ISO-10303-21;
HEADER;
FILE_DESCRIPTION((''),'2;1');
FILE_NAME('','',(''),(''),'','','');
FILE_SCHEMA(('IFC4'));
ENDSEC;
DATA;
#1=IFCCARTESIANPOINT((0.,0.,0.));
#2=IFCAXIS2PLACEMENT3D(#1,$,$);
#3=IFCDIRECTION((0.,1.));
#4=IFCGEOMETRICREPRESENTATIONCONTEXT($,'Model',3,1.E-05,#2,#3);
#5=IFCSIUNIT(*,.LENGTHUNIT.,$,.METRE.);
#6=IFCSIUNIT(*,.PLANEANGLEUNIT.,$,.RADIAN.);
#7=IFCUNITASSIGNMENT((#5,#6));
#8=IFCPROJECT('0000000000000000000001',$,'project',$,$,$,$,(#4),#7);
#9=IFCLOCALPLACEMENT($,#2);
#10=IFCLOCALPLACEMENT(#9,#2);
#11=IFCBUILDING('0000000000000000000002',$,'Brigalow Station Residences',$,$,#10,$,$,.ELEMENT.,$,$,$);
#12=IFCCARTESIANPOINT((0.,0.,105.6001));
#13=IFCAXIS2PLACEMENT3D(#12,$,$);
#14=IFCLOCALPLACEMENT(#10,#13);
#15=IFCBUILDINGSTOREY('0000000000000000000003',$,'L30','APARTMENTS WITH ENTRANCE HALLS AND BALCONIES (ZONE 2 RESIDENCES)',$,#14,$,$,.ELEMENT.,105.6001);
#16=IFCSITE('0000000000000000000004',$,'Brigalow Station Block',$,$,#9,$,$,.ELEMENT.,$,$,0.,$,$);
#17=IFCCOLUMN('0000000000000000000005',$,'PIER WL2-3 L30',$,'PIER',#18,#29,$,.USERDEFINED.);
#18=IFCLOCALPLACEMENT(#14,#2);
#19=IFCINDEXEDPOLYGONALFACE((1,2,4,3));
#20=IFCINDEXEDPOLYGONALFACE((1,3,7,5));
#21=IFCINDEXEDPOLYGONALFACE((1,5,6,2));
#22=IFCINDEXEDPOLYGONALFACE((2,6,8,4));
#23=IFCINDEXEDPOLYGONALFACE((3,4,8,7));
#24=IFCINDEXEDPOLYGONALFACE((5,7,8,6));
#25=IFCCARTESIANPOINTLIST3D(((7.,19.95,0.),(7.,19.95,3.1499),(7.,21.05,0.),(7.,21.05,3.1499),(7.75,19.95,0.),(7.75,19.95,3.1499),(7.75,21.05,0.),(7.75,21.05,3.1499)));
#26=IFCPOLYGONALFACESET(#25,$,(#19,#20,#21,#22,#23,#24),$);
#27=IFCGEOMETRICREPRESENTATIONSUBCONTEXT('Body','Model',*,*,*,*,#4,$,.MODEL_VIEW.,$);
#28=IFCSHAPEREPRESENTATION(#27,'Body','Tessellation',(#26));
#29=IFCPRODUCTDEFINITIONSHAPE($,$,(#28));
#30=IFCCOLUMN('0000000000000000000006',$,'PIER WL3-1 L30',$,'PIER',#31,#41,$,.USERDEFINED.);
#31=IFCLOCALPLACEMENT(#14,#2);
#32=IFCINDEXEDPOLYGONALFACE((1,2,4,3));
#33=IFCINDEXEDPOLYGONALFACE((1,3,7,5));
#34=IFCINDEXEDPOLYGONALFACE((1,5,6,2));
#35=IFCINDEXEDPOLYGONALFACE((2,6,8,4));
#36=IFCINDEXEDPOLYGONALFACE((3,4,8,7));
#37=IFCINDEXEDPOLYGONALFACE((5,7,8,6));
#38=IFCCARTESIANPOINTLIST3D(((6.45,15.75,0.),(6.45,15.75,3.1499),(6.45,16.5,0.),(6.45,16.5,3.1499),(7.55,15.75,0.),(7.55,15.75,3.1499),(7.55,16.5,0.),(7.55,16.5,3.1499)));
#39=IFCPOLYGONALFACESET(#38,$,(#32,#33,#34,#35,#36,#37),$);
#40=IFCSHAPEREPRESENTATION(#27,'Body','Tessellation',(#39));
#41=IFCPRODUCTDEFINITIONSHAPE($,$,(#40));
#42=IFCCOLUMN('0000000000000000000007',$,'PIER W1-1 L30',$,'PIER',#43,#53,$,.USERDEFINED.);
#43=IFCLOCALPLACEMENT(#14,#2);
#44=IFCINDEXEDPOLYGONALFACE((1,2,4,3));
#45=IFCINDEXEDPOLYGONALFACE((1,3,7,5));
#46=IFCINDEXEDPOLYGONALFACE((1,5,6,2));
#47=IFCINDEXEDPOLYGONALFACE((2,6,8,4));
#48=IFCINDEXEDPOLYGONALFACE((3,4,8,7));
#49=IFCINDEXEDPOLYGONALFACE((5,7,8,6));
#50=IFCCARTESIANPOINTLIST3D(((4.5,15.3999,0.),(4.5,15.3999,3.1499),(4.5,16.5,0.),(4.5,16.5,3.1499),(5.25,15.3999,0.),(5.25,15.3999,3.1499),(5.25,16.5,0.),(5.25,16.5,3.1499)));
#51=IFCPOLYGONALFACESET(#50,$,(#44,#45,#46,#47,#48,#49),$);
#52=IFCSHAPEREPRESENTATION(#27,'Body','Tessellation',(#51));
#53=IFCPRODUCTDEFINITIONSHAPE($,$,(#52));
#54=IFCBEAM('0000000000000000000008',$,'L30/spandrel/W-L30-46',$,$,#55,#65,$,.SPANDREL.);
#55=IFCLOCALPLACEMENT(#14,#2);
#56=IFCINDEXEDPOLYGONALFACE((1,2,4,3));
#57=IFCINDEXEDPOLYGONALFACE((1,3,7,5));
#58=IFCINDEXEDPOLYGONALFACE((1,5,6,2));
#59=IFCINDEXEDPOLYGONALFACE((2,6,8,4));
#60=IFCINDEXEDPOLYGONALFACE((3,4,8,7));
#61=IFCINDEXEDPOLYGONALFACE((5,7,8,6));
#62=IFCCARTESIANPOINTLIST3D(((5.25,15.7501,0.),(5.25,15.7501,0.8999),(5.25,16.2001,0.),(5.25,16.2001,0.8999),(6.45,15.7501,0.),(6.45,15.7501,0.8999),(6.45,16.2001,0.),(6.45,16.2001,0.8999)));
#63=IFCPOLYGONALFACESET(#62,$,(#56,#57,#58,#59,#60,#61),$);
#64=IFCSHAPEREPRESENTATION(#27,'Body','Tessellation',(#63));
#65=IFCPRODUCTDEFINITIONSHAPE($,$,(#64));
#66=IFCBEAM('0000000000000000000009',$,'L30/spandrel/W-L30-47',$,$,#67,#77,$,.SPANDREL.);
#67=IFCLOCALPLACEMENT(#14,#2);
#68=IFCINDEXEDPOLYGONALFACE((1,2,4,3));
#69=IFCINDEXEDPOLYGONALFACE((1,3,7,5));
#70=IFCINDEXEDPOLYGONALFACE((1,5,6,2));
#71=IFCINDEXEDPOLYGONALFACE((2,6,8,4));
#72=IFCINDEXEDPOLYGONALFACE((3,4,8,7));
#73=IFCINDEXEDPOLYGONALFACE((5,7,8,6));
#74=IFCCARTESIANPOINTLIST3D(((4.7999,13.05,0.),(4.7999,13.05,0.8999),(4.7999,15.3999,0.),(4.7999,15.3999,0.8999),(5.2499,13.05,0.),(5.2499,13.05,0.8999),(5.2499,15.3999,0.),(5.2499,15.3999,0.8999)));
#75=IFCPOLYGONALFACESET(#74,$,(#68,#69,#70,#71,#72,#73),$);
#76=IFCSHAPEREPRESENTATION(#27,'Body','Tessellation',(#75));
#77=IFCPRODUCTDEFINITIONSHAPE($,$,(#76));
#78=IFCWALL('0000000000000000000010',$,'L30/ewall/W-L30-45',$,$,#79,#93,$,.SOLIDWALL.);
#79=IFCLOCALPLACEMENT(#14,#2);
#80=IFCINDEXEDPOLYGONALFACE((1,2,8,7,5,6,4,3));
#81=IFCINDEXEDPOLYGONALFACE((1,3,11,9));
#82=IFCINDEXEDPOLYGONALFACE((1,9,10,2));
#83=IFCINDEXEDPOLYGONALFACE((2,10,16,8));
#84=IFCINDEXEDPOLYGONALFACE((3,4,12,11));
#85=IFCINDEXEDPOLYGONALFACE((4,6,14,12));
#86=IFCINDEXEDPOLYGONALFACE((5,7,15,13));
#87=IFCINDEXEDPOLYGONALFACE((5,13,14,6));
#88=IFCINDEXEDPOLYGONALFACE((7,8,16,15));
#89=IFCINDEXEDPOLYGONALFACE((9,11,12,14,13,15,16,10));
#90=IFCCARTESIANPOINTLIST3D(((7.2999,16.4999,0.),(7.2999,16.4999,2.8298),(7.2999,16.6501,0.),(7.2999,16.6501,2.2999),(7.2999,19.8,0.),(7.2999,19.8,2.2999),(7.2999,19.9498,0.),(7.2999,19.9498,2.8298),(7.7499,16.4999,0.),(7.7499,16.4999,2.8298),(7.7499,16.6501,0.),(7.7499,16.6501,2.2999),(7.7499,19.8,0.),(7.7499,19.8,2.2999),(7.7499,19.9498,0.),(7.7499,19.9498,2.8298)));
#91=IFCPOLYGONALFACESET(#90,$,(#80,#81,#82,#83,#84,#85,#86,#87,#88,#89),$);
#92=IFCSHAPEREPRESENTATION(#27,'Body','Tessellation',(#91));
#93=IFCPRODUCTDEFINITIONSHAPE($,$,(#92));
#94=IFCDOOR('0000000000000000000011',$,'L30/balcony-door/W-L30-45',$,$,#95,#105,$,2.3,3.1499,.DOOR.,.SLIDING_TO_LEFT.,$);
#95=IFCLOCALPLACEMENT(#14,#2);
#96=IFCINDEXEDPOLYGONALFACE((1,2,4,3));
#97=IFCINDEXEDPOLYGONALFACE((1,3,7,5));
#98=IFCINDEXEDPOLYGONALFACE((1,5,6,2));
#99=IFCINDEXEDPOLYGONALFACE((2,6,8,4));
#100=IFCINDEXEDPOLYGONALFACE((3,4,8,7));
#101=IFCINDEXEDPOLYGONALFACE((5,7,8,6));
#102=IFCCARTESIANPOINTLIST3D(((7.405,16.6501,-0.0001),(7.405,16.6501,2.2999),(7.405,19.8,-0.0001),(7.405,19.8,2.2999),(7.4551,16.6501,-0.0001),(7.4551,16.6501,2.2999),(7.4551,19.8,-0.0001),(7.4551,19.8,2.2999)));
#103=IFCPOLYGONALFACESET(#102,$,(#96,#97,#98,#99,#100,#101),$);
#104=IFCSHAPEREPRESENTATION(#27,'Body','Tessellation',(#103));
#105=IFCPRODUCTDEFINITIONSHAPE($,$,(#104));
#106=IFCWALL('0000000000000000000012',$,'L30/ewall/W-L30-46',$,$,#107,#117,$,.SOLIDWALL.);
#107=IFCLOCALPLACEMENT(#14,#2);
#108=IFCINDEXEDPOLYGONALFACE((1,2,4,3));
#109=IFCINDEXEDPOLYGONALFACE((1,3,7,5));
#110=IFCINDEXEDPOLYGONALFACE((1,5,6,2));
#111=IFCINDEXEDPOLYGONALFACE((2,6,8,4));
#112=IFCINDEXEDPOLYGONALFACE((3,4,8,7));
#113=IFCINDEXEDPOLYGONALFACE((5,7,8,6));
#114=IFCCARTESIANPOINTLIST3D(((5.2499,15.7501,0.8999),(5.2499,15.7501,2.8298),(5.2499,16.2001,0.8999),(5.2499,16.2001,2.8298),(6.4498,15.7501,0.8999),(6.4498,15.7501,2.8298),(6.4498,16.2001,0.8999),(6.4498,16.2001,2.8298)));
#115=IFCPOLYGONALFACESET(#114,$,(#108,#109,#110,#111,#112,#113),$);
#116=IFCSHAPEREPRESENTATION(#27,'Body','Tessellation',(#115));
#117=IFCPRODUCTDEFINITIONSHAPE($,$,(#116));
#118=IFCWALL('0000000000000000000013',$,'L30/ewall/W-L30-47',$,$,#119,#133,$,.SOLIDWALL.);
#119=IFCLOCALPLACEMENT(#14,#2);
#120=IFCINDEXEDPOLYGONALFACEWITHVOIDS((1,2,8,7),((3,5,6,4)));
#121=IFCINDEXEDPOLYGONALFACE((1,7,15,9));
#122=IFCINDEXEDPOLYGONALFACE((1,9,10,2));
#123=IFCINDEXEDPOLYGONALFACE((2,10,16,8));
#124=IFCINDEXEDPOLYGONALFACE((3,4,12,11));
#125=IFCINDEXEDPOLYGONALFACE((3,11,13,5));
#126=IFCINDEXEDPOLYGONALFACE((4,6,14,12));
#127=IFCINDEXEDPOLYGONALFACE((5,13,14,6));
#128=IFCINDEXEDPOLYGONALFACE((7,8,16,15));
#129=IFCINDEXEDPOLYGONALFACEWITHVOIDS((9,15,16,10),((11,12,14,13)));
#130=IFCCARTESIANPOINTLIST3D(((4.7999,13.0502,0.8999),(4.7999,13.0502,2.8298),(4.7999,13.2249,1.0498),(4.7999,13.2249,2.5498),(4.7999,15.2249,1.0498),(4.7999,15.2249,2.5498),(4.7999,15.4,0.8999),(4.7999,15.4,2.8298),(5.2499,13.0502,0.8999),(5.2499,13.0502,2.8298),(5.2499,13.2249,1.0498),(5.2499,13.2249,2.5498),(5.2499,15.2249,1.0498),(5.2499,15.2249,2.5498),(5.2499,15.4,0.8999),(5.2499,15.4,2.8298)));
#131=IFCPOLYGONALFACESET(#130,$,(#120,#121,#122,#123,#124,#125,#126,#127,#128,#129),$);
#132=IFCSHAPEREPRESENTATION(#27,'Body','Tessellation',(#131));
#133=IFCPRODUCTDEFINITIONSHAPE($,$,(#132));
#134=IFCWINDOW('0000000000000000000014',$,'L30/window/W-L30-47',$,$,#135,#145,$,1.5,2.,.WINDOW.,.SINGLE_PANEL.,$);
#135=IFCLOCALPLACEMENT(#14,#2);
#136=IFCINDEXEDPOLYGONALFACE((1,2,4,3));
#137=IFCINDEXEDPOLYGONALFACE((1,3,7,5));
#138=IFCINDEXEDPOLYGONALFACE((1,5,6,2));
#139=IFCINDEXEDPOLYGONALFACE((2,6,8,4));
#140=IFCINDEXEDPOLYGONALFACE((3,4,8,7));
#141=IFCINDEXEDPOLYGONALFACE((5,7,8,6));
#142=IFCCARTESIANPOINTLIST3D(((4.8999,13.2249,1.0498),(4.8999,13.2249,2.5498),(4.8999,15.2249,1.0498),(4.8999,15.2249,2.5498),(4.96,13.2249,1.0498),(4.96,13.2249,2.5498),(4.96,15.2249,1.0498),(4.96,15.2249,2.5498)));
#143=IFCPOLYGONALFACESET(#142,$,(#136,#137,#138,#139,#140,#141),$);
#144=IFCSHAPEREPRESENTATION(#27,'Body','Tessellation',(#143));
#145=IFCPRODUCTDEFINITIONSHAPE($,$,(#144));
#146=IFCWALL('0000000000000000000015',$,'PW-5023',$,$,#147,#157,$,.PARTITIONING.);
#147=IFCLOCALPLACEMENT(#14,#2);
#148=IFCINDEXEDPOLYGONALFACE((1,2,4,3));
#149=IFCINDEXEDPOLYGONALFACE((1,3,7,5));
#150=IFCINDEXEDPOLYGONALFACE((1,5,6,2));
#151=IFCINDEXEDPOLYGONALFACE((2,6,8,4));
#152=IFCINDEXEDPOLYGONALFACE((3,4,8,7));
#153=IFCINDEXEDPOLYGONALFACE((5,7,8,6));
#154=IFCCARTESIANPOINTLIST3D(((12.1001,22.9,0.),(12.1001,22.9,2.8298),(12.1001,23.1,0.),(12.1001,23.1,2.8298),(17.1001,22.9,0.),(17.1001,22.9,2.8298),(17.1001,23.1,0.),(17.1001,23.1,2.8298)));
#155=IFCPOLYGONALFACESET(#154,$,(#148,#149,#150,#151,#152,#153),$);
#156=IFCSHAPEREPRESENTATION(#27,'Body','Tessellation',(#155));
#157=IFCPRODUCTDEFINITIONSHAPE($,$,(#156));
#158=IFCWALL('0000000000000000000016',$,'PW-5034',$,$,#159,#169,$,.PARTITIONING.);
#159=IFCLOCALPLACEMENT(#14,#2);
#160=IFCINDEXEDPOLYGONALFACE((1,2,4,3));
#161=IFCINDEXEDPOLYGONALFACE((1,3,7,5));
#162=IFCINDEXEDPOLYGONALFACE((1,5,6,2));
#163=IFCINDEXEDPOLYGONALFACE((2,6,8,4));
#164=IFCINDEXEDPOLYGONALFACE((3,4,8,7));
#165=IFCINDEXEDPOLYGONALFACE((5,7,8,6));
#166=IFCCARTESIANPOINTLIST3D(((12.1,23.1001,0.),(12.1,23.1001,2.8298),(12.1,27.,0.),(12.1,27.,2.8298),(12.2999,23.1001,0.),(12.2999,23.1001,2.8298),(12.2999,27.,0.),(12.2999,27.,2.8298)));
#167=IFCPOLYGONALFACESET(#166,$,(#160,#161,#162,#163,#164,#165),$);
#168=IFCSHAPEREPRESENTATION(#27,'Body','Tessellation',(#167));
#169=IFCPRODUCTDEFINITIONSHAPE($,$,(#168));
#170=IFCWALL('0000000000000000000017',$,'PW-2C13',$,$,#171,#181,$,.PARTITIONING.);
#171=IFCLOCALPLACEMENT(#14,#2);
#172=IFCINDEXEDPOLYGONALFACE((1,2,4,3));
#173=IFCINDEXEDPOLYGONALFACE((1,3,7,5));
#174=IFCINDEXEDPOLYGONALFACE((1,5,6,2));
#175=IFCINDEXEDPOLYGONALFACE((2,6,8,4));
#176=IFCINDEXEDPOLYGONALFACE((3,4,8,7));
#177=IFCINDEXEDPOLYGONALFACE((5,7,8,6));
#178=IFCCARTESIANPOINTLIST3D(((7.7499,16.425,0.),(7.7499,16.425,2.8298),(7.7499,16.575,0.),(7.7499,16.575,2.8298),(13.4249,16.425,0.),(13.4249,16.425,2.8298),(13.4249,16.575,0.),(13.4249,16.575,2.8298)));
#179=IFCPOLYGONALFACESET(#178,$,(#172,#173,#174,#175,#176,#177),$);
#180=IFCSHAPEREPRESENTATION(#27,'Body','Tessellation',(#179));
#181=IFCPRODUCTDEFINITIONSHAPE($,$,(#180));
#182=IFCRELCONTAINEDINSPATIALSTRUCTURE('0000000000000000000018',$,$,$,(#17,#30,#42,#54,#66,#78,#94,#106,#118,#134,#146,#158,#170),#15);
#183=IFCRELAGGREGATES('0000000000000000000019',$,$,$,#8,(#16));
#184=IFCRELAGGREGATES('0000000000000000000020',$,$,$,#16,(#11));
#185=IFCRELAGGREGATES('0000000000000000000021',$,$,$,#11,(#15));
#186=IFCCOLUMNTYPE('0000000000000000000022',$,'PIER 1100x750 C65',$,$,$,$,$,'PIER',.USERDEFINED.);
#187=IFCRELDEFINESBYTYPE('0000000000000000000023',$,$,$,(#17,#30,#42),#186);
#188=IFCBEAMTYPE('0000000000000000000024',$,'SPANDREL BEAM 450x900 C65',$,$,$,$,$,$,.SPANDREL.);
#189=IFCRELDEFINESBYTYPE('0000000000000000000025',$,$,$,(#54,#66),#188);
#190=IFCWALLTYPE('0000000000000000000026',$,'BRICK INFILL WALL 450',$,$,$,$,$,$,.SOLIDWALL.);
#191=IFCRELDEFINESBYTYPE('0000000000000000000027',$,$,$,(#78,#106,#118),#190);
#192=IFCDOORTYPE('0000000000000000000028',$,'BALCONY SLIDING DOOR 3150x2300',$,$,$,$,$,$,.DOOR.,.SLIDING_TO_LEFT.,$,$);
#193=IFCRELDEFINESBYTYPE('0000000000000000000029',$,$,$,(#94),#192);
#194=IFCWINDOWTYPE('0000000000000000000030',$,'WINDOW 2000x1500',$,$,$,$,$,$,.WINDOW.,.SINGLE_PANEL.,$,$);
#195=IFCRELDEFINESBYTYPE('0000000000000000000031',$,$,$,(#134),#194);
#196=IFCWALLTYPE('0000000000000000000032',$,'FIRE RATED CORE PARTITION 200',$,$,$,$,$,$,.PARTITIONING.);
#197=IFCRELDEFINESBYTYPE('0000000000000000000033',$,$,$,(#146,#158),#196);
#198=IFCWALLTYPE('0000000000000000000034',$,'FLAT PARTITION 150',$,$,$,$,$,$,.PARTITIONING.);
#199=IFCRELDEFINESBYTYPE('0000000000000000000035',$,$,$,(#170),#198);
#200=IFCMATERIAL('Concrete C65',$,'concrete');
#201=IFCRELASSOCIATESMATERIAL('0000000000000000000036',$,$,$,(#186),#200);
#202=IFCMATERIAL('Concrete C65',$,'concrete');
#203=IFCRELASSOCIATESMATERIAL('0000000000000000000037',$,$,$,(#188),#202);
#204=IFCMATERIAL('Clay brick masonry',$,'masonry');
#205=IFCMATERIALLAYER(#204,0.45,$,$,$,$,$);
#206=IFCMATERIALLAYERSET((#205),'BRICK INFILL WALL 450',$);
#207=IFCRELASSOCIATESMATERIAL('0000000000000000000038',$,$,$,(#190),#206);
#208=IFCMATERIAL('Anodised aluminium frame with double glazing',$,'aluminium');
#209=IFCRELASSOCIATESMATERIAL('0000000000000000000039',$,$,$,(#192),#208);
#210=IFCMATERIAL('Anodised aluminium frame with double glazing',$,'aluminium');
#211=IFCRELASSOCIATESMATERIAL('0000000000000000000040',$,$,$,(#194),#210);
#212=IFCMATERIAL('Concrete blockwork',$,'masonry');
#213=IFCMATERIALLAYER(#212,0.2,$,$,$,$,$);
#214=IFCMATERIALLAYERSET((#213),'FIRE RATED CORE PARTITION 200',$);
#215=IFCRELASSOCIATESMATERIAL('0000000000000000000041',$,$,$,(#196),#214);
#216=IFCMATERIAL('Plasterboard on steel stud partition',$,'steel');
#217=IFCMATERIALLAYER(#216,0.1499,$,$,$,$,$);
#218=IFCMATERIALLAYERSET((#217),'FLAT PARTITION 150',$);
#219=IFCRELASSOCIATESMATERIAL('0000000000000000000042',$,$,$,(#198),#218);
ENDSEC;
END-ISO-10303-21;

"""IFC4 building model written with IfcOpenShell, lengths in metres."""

from ifc_helpers import new_model, si_unit, direction, frame, frame_2d, origin, origin_2d, place, context, subcontext, project, spatial, rectangle, extrude, material, layer, layer_set, material_profile, profile_set, type_object, element, fill, save


model = new_model("IFC4")

# Units and contexts
model_context = context("Model", 3, precision=1e-05, world=origin(), true_north=direction((0.0, 1.0)))
body_context = subcontext(model_context, "Body", "Model", "MODEL_VIEW")
ifc_project = project(units=[si_unit("LENGTHUNIT", "METRE"), si_unit("PLANEANGLEUNIT", "RADIAN")], contexts=[model_context])

# Site, building, storey
site_placement = place(None, origin())
site = spatial("IfcSite", under=ifc_project, at=site_placement, Name="Brigalow Station Block", CompositionType="ELEMENT", RefElevation=0.0)
building_placement = place(site_placement, origin())
building = spatial("IfcBuilding", under=site, at=building_placement, Name="Brigalow Station Residences", CompositionType="ELEMENT")
storey_placement = place(building_placement, frame((0.0, 0.0, 105.6001)))
storey = spatial("IfcBuildingStorey", under=building, at=storey_placement, Name="L30", Description="APARTMENTS WITH ENTRANCE HALLS AND BALCONIES (ZONE 2 RESIDENCES)", CompositionType="ELEMENT", Elevation=105.6001)

# Columns
ifc_material_1 = material(Name="Concrete C65", Category="concrete")
ifc_material_profile_1 = material_profile(ifc_material_1, rectangle(XDim=1.1001, YDim=0.75, at=origin_2d()), Name="RC1100x750")
ifc_profile_set_1 = profile_set([ifc_material_profile_1], Name="Concrete C65")
column_type = type_object("IfcColumnType", Name="PIER 1100x750 C65", ElementType="PIER", PredefinedType="USERDEFINED", material=ifc_profile_set_1)
for number, where, z_axis, x_axis, name in (
    (1, (7.375, 20.5, 0.0), (0.0, 0.0, 1.0), (0.0, -1.0, 0.0), "PIER WL2-3 L30"),
    (2, (7.0, 16.125, 0.0), (0.0, 0.0, 1.0), (-1.0, 0.0, 0.0), "PIER WL3-1 L30"),
    (3, (4.875, 15.95, 0.0), (0.0, 0.0, 1.0), (0.0, -1.0, 0.0), "PIER W1-1 L30"),
):
    element("IfcColumn", number, at=place(storey_placement, frame(where, z_axis=z_axis, x_axis=x_axis)), inside=storey, type_object=column_type, Name=name, ObjectType="PIER", PredefinedType="USERDEFINED", context=body_context, shape_type="SweptSolid", body=[
        extrude(rectangle(XDim=1.1001, YDim=0.75, at=origin_2d()), origin(), (0.0, 0.0, 1.0), 3.1499),
    ])

# Beams
ifc_material_2 = material(Name="Concrete C65", Category="concrete")
ifc_material_profile_2 = material_profile(ifc_material_2, rectangle(XDim=0.45, YDim=0.8999, at=origin_2d()), Name="RC450x900")
ifc_profile_set_2 = profile_set([ifc_material_profile_2], Name="Concrete C65")
beam_type = type_object("IfcBeamType", Name="SPANDREL BEAM 450x900 C65", PredefinedType="SPANDREL", material=ifc_profile_set_2)
beam_1_placement = place(storey_placement, frame((6.45, 15.9751, 0.45), z_axis=(-1.0, 0.0, 0.0), x_axis=(0.0, -1.0, 0.0)))
element("IfcBeam", 4, at=beam_1_placement, inside=storey, type_object=beam_type, Name="L30/spandrel/W-L30-46", PredefinedType="SPANDREL", context=body_context, shape_type="SweptSolid", body=[
    extrude(rectangle(XDim=0.45, YDim=0.8999, at=origin_2d()), origin(), (0.0, 0.0, 1.0), 1.2),
])
beam_2_placement = place(storey_placement, frame((5.0249, 15.3999, 0.45), z_axis=(0.0, -1.0, 0.0), x_axis=(1.0, 0.0, 0.0)))
element("IfcBeam", 5, at=beam_2_placement, inside=storey, type_object=beam_type, Name="L30/spandrel/W-L30-47", PredefinedType="SPANDREL", context=body_context, shape_type="SweptSolid", body=[
    extrude(rectangle(XDim=0.45, YDim=0.8999, at=origin_2d()), origin(), (0.0, 0.0, 1.0), 2.3499),
])

# Wall, opening, door
ifc_material_3 = material(Name="Clay brick masonry", Category="masonry")
ifc_layer_1 = layer(ifc_material_3, 0.45)
ifc_layer_set_1 = layer_set([ifc_layer_1], Name="BRICK INFILL WALL 450")
wall_type_1 = type_object("IfcWallType", Name="BRICK INFILL WALL 450", PredefinedType="SOLIDWALL", material=ifc_layer_set_1)
wall_1_placement = place(storey_placement, frame((7.5249, 19.95, 0.0), z_axis=(0.0, 0.0, 1.0), x_axis=(0.0, -1.0, 0.0)))
wall_1 = element("IfcWall", 6, at=wall_1_placement, inside=storey, type_object=wall_type_1, Name="L30/ewall/W-L30-45", PredefinedType="SOLIDWALL", context=body_context, shape_type="SweptSolid", body=[
    extrude(rectangle(XDim=3.45, YDim=0.45, at=frame_2d((1.7251, 0.0))), origin(), (0.0, 0.0, 1.0), 2.8298),
])
opening_1_placement = place(wall_1_placement, frame((0.1499, 0.0, 0.0)))
opening_1 = element("IfcOpeningElement", 7, at=opening_1_placement, cuts=wall_1, PredefinedType="OPENING", context=body_context, shape_type="SweptSolid", body=[
    extrude(rectangle(XDim=3.1499, YDim=2.3, at=frame_2d((1.575, 1.1499))), frame((0.0, 0.2349, 0.0), z_axis=(0.0, -1.0, 0.0), x_axis=(1.0, 0.0, 0.0)), (0.0, 0.0, 1.0), 0.47),
])
ifc_material_4 = material(Name="Anodised aluminium frame with double glazing", Category="aluminium")
door_type_1 = type_object("IfcDoorType", Name="BALCONY SLIDING DOOR 3150x2300", OperationType="SLIDING_TO_LEFT", PredefinedType="DOOR", material=ifc_material_4)
door_1_placement = place(opening_1_placement, origin())
door_1 = element("IfcDoor", 8, at=door_1_placement, inside=storey, type_object=door_type_1, Name="L30/balcony-door/W-L30-45", OperationType="SLIDING_TO_LEFT", OverallHeight=2.3, OverallWidth=3.1499, PredefinedType="DOOR", context=body_context, shape_type="SweptSolid", body=[
    extrude(rectangle(XDim=3.1499, YDim=2.3, at=frame_2d((1.575, 1.1499))), frame((0.0, -0.0698, 0.0), z_axis=(0.0, -1.0, 0.0), x_axis=(1.0, 0.0, 0.0)), (0.0, 0.0, 1.0), 0.05),
])
fill(opening_1, door_1)

# Wall
wall_2_placement = place(storey_placement, frame((6.45, 15.9751, 0.8999), z_axis=(0.0, 0.0, 1.0), x_axis=(-1.0, 0.0, 0.0)))
element("IfcWall", 9, at=wall_2_placement, inside=storey, type_object=wall_type_1, Name="L30/ewall/W-L30-46", PredefinedType="SOLIDWALL", context=body_context, shape_type="SweptSolid", body=[
    extrude(rectangle(XDim=1.2, YDim=0.45, at=frame_2d((0.6001, 0.0))), origin(), (0.0, 0.0, 1.0), 1.9299),
])

# Wall, opening, window
wall_3_placement = place(storey_placement, frame((5.0249, 15.3999, 0.8999), z_axis=(0.0, 0.0, 1.0), x_axis=(0.0, -1.0, 0.0)))
wall_3 = element("IfcWall", 10, at=wall_3_placement, inside=storey, type_object=wall_type_1, Name="L30/ewall/W-L30-47", PredefinedType="SOLIDWALL", context=body_context, shape_type="SweptSolid", body=[
    extrude(rectangle(XDim=2.3499, YDim=0.45, at=frame_2d((1.1748, 0.0))), origin(), (0.0, 0.0, 1.0), 1.9299),
])
opening_2_placement = place(wall_3_placement, frame((0.175, 0.0, 0.1499)))
opening_2 = element("IfcOpeningElement", 11, at=opening_2_placement, cuts=wall_3, PredefinedType="OPENING", context=body_context, shape_type="SweptSolid", body=[
    extrude(rectangle(XDim=2.0, YDim=1.5, at=frame_2d((1.0, 0.75))), frame((0.0, 0.2349, 0.0), z_axis=(0.0, -1.0, 0.0), x_axis=(1.0, 0.0, 0.0)), (0.0, 0.0, 1.0), 0.47),
])
ifc_material_5 = material(Name="Anodised aluminium frame with double glazing", Category="aluminium")
window_type = type_object("IfcWindowType", Name="WINDOW 2000x1500", PartitioningType="SINGLE_PANEL", PredefinedType="WINDOW", material=ifc_material_5)
window_placement = place(opening_2_placement, origin())
window = element("IfcWindow", 12, at=window_placement, inside=storey, type_object=window_type, Name="L30/window/W-L30-47", OverallHeight=1.5, OverallWidth=2.0, PartitioningType="SINGLE_PANEL", PredefinedType="WINDOW", context=body_context, shape_type="SweptSolid", body=[
    extrude(rectangle(XDim=2.0, YDim=1.5, at=frame_2d((1.0, 0.75))), frame((0.0, -0.0649, 0.0), z_axis=(0.0, -1.0, 0.0), x_axis=(1.0, 0.0, 0.0)), (0.0, 0.0, 1.0), 0.0601),
])
fill(opening_2, window)

# Walls
ifc_material_6 = material(Name="Concrete blockwork", Category="masonry")
ifc_layer_2 = layer(ifc_material_6, 0.2)
ifc_layer_set_2 = layer_set([ifc_layer_2], Name="FIRE RATED CORE PARTITION 200")
wall_type_2 = type_object("IfcWallType", Name="FIRE RATED CORE PARTITION 200", PredefinedType="PARTITIONING", material=ifc_layer_set_2)
wall_4_placement = place(storey_placement, frame((12.1001, 23.0, 0.0), z_axis=(0.0, 0.0, 1.0), x_axis=(1.0, 0.0, 0.0)))
element("IfcWall", 13, at=wall_4_placement, inside=storey, type_object=wall_type_2, Name="PW-5023", PredefinedType="PARTITIONING", context=body_context, shape_type="SweptSolid", body=[
    extrude(rectangle(XDim=5.0, YDim=0.2, at=frame_2d((2.5, 0.0))), origin(), (0.0, 0.0, 1.0), 2.8298),
])
wall_5_placement = place(storey_placement, frame((12.2, 23.1001, 0.0), z_axis=(0.0, 0.0, 1.0), x_axis=(0.0, 1.0, 0.0)))
element("IfcWall", 14, at=wall_5_placement, inside=storey, type_object=wall_type_2, Name="PW-5034", PredefinedType="PARTITIONING", context=body_context, shape_type="SweptSolid", body=[
    extrude(rectangle(XDim=3.8999, YDim=0.2, at=frame_2d((1.95, 0.0))), origin(), (0.0, 0.0, 1.0), 2.8298),
])
ifc_material_7 = material(Name="Plasterboard on steel stud partition", Category="steel")
ifc_layer_3 = layer(ifc_material_7, 0.1499)
ifc_layer_set_3 = layer_set([ifc_layer_3], Name="FLAT PARTITION 150")
wall_type_3 = type_object("IfcWallType", Name="FLAT PARTITION 150", PredefinedType="PARTITIONING", material=ifc_layer_set_3)
wall_6_placement = place(storey_placement, frame((7.75, 16.5, 0.0), z_axis=(0.0, 0.0, 1.0), x_axis=(1.0, 0.0, 0.0)))
element("IfcWall", 15, at=wall_6_placement, inside=storey, type_object=wall_type_3, Name="PW-2C13", PredefinedType="PARTITIONING", context=body_context, shape_type="SweptSolid", body=[
    extrude(rectangle(XDim=5.675, YDim=0.1499, at=frame_2d((2.8374, 0.0))), origin(), (0.0, 0.0, 1.0), 2.8298),
])

save(model, "model.ifc")
